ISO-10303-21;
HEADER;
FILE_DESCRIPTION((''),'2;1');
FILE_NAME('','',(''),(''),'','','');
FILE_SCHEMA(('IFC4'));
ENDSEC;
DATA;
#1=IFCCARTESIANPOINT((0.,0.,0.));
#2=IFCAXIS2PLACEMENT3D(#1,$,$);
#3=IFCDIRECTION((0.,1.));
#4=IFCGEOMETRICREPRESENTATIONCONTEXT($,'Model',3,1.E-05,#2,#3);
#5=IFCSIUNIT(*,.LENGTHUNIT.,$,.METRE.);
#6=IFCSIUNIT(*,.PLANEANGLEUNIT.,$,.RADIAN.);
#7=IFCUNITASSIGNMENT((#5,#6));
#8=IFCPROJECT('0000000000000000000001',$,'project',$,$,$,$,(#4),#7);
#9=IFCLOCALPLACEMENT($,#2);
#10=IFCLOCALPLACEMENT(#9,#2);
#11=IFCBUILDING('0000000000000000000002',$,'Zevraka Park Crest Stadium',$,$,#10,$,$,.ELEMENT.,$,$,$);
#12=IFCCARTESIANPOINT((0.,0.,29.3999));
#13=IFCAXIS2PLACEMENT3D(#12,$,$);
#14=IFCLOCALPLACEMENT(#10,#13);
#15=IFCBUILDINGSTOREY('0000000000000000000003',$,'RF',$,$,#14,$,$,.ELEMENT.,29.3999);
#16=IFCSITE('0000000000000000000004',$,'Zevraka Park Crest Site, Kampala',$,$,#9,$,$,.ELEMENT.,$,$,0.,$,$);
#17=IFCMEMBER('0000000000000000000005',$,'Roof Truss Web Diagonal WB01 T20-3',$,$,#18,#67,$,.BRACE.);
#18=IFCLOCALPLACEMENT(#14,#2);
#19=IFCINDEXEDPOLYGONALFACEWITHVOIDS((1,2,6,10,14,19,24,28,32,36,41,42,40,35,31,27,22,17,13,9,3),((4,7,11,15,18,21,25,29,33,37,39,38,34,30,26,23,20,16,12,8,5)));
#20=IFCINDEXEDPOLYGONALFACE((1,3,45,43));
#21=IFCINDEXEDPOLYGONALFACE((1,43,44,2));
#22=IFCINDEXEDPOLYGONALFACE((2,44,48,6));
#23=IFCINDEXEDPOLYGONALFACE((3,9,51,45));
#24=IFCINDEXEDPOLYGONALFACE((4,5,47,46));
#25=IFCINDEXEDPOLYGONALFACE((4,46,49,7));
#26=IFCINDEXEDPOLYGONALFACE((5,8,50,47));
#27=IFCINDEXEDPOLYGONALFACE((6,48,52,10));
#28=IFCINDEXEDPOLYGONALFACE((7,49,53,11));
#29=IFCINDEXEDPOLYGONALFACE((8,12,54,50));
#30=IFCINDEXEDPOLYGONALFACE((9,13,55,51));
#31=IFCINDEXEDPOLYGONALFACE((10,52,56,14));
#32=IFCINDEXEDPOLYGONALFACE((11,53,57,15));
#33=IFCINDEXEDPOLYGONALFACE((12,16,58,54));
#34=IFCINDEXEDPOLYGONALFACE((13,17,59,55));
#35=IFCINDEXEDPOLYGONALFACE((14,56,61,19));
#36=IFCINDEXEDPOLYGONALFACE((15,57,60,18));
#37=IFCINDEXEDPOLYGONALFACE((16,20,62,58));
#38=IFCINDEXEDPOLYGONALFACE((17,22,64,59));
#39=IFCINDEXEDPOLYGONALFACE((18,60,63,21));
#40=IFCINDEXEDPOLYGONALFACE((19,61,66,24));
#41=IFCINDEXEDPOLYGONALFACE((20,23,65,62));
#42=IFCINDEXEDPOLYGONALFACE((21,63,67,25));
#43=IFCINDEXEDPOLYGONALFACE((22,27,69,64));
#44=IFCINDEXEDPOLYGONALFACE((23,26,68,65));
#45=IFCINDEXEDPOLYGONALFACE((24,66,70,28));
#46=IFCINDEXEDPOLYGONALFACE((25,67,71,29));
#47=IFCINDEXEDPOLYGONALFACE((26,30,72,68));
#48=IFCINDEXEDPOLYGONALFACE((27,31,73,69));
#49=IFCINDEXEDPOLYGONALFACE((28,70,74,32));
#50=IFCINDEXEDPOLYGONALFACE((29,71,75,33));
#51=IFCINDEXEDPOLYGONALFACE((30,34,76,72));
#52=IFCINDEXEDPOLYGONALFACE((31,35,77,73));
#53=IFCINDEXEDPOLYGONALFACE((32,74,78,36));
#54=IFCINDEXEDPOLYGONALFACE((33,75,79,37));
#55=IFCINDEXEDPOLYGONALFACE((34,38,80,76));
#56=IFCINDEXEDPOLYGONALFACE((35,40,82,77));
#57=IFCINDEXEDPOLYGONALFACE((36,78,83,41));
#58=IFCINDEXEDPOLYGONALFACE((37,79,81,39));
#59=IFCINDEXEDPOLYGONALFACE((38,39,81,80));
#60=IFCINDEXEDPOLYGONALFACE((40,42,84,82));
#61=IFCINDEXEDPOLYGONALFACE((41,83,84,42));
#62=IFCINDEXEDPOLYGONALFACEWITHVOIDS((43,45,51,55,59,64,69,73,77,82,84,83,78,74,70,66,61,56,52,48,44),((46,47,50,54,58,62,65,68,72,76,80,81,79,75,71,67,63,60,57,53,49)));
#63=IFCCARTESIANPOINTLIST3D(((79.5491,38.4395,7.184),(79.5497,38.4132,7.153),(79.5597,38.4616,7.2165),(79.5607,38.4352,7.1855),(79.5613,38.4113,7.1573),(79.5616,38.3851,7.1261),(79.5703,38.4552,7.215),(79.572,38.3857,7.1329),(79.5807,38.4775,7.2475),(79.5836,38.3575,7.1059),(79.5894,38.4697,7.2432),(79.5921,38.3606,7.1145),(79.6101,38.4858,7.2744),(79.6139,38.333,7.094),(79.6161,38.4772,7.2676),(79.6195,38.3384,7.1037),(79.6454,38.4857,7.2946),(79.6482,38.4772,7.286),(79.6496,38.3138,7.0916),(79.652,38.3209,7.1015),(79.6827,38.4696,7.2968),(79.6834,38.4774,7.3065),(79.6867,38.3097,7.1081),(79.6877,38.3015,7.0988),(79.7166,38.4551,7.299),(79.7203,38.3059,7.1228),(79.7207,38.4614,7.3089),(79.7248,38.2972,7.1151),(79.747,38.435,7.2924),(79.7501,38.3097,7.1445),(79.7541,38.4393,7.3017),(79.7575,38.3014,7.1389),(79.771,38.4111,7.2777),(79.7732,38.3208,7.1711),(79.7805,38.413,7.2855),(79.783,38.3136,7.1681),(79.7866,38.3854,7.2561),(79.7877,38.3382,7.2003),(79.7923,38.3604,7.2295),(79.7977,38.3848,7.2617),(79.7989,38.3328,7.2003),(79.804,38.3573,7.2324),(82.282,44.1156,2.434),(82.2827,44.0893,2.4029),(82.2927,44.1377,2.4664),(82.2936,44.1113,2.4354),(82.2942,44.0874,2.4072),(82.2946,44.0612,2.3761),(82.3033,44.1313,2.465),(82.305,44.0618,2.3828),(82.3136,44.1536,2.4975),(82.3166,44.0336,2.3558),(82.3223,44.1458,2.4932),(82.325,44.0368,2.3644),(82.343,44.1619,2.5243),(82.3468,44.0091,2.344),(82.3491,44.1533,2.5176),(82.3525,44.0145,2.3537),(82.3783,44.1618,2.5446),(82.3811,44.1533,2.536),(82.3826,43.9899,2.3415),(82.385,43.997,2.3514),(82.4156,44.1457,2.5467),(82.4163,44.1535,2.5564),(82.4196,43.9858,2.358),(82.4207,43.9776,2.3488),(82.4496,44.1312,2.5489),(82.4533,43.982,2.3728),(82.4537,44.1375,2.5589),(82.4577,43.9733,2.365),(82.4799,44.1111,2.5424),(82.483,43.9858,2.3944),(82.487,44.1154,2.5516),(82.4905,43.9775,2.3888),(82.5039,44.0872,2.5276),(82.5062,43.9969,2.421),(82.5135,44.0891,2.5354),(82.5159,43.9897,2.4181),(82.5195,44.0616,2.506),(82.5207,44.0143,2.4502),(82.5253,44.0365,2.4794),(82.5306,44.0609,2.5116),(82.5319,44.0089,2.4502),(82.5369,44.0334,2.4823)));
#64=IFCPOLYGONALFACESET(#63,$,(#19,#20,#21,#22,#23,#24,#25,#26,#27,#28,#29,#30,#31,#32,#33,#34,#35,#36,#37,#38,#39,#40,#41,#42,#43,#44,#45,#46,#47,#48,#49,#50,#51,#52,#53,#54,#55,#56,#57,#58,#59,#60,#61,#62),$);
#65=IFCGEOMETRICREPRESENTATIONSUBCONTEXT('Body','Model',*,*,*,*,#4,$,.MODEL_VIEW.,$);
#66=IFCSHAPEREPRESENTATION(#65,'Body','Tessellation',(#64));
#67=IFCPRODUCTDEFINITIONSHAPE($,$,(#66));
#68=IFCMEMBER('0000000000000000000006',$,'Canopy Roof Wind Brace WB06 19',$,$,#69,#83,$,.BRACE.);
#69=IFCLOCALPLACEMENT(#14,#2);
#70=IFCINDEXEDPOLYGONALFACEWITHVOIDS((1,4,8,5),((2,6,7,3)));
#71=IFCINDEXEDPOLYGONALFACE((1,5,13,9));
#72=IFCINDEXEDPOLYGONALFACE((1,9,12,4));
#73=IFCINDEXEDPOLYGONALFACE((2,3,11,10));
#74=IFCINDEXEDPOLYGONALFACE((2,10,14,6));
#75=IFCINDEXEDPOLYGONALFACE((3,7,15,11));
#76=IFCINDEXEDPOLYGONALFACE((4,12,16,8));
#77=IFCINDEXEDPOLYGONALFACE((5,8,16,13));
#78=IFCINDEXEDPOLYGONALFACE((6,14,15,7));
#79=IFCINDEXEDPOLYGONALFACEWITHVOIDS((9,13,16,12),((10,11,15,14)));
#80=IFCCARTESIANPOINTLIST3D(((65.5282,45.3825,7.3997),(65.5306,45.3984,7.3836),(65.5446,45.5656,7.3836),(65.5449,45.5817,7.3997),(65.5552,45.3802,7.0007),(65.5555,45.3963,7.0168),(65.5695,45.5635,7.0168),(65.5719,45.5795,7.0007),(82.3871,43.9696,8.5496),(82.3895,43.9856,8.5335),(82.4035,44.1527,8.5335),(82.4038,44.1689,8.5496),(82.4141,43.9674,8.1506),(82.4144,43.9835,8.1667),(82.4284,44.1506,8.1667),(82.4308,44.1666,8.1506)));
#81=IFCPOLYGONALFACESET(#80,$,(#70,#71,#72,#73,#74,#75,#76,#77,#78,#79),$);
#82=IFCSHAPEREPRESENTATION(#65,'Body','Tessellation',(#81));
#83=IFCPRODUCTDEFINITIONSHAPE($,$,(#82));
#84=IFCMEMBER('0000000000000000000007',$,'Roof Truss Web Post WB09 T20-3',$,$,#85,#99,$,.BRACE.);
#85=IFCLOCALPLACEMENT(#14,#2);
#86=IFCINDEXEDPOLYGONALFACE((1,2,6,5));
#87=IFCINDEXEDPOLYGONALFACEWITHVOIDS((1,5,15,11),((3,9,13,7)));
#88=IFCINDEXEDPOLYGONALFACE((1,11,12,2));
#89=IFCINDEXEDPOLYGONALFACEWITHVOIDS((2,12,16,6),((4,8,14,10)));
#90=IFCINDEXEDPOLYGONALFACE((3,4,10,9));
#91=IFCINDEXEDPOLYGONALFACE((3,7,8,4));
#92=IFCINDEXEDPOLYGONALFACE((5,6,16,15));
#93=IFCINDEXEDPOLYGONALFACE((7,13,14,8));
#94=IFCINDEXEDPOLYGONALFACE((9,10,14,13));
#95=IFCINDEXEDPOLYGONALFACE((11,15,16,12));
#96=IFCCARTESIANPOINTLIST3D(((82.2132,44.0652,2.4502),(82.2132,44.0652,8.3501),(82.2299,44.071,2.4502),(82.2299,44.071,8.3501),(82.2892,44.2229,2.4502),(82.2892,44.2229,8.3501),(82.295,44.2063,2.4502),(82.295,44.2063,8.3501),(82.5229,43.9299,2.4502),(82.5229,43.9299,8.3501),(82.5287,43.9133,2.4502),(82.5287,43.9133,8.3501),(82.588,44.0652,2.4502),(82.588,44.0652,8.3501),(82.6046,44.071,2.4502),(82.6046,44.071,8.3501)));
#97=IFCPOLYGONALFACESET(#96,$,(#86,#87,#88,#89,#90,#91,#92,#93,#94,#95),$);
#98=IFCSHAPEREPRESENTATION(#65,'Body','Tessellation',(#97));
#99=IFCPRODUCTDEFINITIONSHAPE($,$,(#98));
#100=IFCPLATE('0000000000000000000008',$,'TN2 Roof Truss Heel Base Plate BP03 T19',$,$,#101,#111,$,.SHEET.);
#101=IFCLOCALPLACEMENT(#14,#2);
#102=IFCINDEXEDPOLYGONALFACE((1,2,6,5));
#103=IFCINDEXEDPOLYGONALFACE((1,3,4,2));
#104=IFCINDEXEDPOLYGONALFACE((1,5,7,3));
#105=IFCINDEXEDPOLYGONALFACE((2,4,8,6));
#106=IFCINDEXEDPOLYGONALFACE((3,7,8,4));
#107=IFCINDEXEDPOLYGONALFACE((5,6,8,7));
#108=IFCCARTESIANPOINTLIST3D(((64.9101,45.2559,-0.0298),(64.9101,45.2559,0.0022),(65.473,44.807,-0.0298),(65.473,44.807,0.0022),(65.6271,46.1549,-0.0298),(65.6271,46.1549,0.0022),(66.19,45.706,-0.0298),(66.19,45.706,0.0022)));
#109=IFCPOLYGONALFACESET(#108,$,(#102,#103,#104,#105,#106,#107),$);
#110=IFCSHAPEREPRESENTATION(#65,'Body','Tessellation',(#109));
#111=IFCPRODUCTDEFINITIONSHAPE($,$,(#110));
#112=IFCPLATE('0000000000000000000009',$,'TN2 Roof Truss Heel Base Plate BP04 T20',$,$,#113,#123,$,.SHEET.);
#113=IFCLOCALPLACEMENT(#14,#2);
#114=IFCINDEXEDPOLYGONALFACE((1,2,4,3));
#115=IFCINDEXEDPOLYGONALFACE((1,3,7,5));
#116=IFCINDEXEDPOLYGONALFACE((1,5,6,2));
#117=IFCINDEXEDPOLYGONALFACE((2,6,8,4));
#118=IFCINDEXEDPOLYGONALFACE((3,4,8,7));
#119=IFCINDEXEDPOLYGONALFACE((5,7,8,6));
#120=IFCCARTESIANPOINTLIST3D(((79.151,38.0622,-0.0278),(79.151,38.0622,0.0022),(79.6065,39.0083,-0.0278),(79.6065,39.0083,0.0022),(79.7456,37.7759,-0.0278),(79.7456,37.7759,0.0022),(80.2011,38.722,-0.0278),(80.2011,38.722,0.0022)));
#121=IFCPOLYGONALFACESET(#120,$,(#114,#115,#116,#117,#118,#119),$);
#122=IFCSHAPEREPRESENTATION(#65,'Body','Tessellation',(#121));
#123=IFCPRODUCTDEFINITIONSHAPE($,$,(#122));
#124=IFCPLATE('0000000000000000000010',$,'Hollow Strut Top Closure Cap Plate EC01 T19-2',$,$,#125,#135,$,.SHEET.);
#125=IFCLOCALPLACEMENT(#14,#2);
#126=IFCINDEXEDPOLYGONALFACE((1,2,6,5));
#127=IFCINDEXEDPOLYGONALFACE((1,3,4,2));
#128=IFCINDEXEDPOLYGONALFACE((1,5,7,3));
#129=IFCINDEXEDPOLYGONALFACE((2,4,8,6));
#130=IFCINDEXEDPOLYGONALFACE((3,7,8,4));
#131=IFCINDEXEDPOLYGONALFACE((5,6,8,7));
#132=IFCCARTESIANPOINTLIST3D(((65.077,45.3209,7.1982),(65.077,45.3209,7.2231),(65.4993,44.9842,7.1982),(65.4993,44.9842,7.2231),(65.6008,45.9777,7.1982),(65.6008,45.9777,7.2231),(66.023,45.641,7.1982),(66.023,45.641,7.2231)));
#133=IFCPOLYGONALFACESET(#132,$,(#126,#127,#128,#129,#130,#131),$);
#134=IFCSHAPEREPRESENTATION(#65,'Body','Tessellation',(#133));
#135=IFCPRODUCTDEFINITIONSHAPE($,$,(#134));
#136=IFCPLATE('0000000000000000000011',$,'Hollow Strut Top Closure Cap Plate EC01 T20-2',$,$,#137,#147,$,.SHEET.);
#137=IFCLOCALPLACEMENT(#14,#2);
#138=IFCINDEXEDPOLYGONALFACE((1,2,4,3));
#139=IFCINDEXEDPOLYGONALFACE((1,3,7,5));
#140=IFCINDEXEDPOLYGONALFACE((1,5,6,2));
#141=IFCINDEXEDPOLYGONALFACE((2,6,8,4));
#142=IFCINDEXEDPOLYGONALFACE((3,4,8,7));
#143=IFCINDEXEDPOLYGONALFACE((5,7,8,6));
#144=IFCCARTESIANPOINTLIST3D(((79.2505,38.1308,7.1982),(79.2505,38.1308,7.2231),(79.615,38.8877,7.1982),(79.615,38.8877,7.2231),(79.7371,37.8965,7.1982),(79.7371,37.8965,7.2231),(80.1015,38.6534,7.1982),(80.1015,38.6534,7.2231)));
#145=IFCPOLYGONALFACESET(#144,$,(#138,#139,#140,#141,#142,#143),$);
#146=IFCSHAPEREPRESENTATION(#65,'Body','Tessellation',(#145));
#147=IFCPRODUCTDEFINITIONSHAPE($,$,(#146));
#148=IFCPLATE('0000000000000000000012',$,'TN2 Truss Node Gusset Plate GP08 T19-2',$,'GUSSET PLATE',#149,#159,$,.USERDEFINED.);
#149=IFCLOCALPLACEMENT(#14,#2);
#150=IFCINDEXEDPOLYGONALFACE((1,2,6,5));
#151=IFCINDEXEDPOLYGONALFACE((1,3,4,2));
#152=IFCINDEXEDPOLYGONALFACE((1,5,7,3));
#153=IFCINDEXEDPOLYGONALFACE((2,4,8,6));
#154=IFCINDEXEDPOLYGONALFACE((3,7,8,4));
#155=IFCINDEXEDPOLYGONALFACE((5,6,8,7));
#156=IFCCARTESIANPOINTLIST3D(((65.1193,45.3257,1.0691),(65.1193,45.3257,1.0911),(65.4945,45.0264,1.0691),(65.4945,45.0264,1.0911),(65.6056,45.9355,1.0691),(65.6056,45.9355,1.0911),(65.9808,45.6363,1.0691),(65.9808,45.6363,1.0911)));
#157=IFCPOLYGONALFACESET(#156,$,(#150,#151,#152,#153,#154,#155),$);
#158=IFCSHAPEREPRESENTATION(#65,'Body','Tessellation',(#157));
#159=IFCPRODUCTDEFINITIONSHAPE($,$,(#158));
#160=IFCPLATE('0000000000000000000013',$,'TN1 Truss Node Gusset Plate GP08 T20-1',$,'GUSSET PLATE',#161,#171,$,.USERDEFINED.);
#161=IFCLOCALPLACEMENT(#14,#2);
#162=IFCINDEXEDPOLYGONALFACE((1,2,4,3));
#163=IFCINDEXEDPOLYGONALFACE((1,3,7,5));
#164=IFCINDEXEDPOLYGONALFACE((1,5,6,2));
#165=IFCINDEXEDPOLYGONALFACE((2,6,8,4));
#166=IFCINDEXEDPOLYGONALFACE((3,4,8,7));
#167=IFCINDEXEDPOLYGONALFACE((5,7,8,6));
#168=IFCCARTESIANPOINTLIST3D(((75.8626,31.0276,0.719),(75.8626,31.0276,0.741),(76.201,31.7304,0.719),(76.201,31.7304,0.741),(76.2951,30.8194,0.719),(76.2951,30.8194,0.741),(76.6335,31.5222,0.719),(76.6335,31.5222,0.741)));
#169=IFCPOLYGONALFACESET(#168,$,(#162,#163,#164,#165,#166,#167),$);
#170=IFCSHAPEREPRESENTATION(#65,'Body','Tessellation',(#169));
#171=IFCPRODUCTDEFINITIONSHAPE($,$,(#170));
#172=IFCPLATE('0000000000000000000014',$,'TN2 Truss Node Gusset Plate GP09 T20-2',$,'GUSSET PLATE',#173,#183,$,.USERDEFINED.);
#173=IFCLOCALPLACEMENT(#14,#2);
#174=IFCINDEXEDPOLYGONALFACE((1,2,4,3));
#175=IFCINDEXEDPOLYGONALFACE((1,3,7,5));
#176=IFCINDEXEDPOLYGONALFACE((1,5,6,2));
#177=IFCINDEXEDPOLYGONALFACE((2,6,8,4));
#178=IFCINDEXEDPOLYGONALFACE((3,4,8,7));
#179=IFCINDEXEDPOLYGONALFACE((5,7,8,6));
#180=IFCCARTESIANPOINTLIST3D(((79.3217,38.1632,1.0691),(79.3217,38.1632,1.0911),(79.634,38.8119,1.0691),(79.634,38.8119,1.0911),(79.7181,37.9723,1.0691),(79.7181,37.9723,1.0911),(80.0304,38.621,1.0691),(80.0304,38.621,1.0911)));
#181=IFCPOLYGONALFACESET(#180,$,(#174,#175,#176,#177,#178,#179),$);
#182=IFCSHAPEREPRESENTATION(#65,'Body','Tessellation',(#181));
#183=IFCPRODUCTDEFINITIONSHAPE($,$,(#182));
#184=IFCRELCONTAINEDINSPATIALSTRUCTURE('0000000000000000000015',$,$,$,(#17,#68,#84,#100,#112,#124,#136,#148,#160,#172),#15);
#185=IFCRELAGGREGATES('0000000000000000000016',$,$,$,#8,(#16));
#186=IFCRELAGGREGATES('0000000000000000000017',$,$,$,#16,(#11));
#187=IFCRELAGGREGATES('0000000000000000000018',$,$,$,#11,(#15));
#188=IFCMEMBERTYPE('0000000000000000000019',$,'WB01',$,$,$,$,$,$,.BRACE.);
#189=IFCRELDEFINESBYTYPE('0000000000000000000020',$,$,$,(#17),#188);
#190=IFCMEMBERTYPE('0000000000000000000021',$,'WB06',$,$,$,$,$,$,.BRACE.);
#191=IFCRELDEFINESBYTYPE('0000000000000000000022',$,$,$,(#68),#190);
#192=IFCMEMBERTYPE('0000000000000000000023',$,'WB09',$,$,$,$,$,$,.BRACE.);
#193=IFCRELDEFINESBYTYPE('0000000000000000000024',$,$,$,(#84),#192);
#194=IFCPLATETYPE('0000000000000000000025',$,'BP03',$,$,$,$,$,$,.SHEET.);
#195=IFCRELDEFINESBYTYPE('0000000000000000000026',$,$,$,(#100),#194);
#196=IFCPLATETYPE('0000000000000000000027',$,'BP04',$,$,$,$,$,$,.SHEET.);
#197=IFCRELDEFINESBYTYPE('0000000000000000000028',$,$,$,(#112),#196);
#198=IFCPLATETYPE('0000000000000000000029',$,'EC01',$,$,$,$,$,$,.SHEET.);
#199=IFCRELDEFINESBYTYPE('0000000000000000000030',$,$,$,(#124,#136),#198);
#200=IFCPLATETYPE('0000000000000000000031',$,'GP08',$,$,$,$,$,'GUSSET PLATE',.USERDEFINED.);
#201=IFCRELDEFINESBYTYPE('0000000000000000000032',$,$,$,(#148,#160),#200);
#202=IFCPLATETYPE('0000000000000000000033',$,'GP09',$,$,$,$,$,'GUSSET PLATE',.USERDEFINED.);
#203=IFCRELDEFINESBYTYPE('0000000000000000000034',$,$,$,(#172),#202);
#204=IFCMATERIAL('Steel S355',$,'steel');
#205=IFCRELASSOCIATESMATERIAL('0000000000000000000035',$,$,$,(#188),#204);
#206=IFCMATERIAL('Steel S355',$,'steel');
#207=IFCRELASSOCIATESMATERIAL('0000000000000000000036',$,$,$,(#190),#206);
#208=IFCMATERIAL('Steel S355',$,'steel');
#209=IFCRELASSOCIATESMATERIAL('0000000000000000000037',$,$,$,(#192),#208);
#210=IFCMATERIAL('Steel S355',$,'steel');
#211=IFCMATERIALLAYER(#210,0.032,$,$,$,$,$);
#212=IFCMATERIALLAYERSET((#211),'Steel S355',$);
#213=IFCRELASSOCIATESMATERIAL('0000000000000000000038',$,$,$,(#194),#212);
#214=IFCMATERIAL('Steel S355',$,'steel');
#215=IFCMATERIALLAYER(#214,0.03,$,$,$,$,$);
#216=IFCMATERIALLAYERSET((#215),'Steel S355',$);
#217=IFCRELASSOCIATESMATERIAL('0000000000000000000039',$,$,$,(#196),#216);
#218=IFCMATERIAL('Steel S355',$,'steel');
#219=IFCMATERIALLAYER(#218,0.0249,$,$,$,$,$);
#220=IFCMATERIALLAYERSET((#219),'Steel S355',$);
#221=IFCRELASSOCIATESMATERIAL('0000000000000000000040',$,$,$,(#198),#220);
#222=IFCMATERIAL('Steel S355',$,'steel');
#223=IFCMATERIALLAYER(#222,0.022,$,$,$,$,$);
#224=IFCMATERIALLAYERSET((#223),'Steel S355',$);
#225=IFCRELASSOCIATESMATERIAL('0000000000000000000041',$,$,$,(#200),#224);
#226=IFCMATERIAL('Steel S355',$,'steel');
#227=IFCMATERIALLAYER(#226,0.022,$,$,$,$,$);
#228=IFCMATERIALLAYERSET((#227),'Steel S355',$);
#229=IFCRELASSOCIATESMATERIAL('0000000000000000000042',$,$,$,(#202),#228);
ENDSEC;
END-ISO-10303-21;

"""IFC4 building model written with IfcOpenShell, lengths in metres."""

from ifc_helpers import new_model, si_unit, direction, frame, origin, origin_2d, place, context, subcontext, project, spatial, rectangle, hollow_rectangle, hollow_circle, extrude, material, layer, layer_set, material_profile, profile_set, type_object, element, save


model = new_model("IFC4")

# Units and contexts
model_context = context("Model", 3, precision=1e-05, world=origin(), true_north=direction((0.0, 1.0)))
body_context = subcontext(model_context, "Body", "Model", "MODEL_VIEW")
ifc_project = project(units=[si_unit("LENGTHUNIT", "METRE"), si_unit("PLANEANGLEUNIT", "RADIAN")], contexts=[model_context])

# Site, building, storey
site_placement = place(None, origin())
site = spatial("IfcSite", under=ifc_project, at=site_placement, Name="Zevraka Park Crest Site, Kampala", CompositionType="ELEMENT", RefElevation=0.0)
building_placement = place(site_placement, origin())
building = spatial("IfcBuilding", under=site, at=building_placement, Name="Zevraka Park Crest Stadium", CompositionType="ELEMENT")
storey_placement = place(building_placement, frame((0.0, 0.0, 29.3999)))
storey = spatial("IfcBuildingStorey", under=building, at=storey_placement, Name="RF", CompositionType="ELEMENT", Elevation=29.3999)

# Members
ifc_material_1 = material(Name="Steel S355", Category="steel")
ifc_material_profile_1 = material_profile(ifc_material_1, hollow_circle(Radius=0.1365, WallThickness=0.0125, at=origin_2d()), Name="CHS 273.0x12.5")
ifc_profile_set_1 = profile_set([ifc_material_profile_1], Name="Steel S355")
member_type_1 = type_object("IfcMemberType", Name="WB01", PredefinedType="BRACE", material=ifc_profile_set_1)
member_1_placement = place(storey_placement, frame((82.4089, 44.0681, 2.4502), z_axis=(-0.346386, -0.719415, 0.602045), x_axis=(0.901001, -0.433817, 0.0)))
element("IfcMember", 1, at=member_1_placement, inside=storey, type_object=member_type_1, Name="Roof Truss Web Diagonal WB01 T20-3", PredefinedType="BRACE", context=body_context, shape_type="SweptSolid", body=[
    extrude(hollow_circle(Radius=0.1365, WallThickness=0.0125, at=origin_2d()), origin(), (0.0, 0.0, 1.0), 7.8899),
])
ifc_material_2 = material(Name="Steel S355", Category="steel")
ifc_material_profile_2 = material_profile(ifc_material_2, hollow_rectangle(XDim=0.2, YDim=0.3999, WallThickness=0.0161, at=origin_2d()), Name="RHS 400x200x16")
ifc_profile_set_2 = profile_set([ifc_material_profile_2], Name="Steel S355")
member_type_2 = type_object("IfcMemberType", Name="WB06", PredefinedType="BRACE", material=ifc_profile_set_2)
member_2_placement = place(storey_placement, frame((65.55, 45.481, 7.2002), z_axis=(0.994213, -0.083319, 0.067813), x_axis=(0.083511, 0.996507, 0.0)))
element("IfcMember", 2, at=member_2_placement, inside=storey, type_object=member_type_2, Name="Canopy Roof Wind Brace WB06 19", PredefinedType="BRACE", context=body_context, shape_type="SweptSolid", body=[
    extrude(hollow_rectangle(XDim=0.2, YDim=0.3999, WallThickness=0.0161, at=origin_2d()), origin(), (0.0, 0.0, 1.0), 16.957),
])
ifc_material_3 = material(Name="Steel S355", Category="steel")
ifc_material_profile_3 = material_profile(ifc_material_3, hollow_rectangle(XDim=0.175, YDim=0.3501, WallThickness=0.0125, at=origin_2d()), Name="RHS 350x175x12.5")
ifc_profile_set_3 = profile_set([ifc_material_profile_3], Name="Steel S355")
member_type_3 = type_object("IfcMemberType", Name="WB09", PredefinedType="BRACE", material=ifc_profile_set_3)
member_3_placement = place(storey_placement, frame((82.4089, 44.0681, 2.4502), z_axis=(0.0, 0.0, 1.0), x_axis=(0.433816, 0.901001, 0.0)))
element("IfcMember", 3, at=member_3_placement, inside=storey, type_object=member_type_3, Name="Roof Truss Web Post WB09 T20-3", PredefinedType="BRACE", context=body_context, shape_type="SweptSolid", body=[
    extrude(hollow_rectangle(XDim=0.175, YDim=0.3501, WallThickness=0.0125, at=origin_2d()), origin(), (0.0, 0.0, 1.0), 5.8999),
])

# Plates
ifc_material_4 = material(Name="Steel S355", Category="steel")
ifc_layer_1 = layer(ifc_material_4, 0.032)
ifc_layer_set_1 = layer_set([ifc_layer_1], Name="Steel S355")
plate_type_1 = type_object("IfcPlateType", Name="BP03", PredefinedType="SHEET", material=ifc_layer_set_1)
plate_1_placement = place(storey_placement, frame((65.55, 45.481, -0.0298), z_axis=(0.0, 0.0, 1.0), x_axis=(0.62347, 0.781847, 0.0)))
element("IfcPlate", 4, at=plate_1_placement, inside=storey, type_object=plate_type_1, Name="TN2 Roof Truss Heel Base Plate BP03 T19", PredefinedType="SHEET", context=body_context, shape_type="SweptSolid", body=[
    extrude(rectangle(XDim=1.1499, YDim=0.72, at=origin_2d()), origin(), (0.0, 0.0, 1.0), 0.032),
])
ifc_material_5 = material(Name="Steel S355", Category="steel")
ifc_layer_2 = layer(ifc_material_5, 0.03)
ifc_layer_set_2 = layer_set([ifc_layer_2], Name="Steel S355")
plate_type_2 = type_object("IfcPlateType", Name="BP04", PredefinedType="SHEET", material=ifc_layer_set_2)
plate_2_placement = place(storey_placement, frame((79.676, 38.3921, -0.0278), z_axis=(0.0, 0.0, 1.0), x_axis=(0.433816, 0.901001, 0.0)))
element("IfcPlate", 5, at=plate_2_placement, inside=storey, type_object=plate_type_2, Name="TN2 Roof Truss Heel Base Plate BP04 T20", PredefinedType="SHEET", context=body_context, shape_type="SweptSolid", body=[
    extrude(rectangle(XDim=1.05, YDim=0.6599, at=origin_2d()), origin(), (0.0, 0.0, 1.0), 0.03),
])
ifc_material_6 = material(Name="Steel S355", Category="steel")
ifc_layer_3 = layer(ifc_material_6, 0.0249)
ifc_layer_set_3 = layer_set([ifc_layer_3], Name="Steel S355")
plate_type_3 = type_object("IfcPlateType", Name="EC01", PredefinedType="SHEET", material=ifc_layer_set_3)
for number, where, z_axis, x_axis, name in (
    (6, (65.55, 45.481, 7.1982), (0.0, 0.0, 1.0), (0.62347, 0.781847, 0.0), "Hollow Strut Top Closure Cap Plate EC01 T19-2"),
    (7, (79.676, 38.3921, 7.1982), (0.0, 0.0, 1.0), (0.433816, 0.901001, 0.0), "Hollow Strut Top Closure Cap Plate EC01 T20-2"),
):
    element("IfcPlate", number, at=place(storey_placement, frame(where, z_axis=z_axis, x_axis=x_axis)), inside=storey, type_object=plate_type_3, Name=name, PredefinedType="SHEET", context=body_context, shape_type="SweptSolid", body=[
        extrude(rectangle(XDim=0.8401, YDim=0.54, at=origin_2d()), origin(), (0.0, 0.0, 1.0), 0.0249),
    ])
ifc_material_7 = material(Name="Steel S355", Category="steel")
ifc_layer_4 = layer(ifc_material_7, 0.022)
ifc_layer_set_4 = layer_set([ifc_layer_4], Name="Steel S355")
plate_type_4 = type_object("IfcPlateType", Name="GP08", ElementType="GUSSET PLATE", PredefinedType="USERDEFINED", material=ifc_layer_set_4)
for number, where, z_axis, x_axis, name in (
    (8, (65.55, 45.481, 1.0691), (0.0, 0.0, 1.0), (0.62347, 0.781847, 0.0), "TN2 Truss Node Gusset Plate GP08 T19-2"),
    (9, (76.248, 31.2749, 0.719), (0.0, 0.0, 1.0), (0.433816, 0.901001, 0.0), "TN1 Truss Node Gusset Plate GP08 T20-1"),
):
    element("IfcPlate", number, at=place(storey_placement, frame(where, z_axis=z_axis, x_axis=x_axis)), inside=storey, type_object=plate_type_4, Name=name, ObjectType="GUSSET PLATE", PredefinedType="USERDEFINED", context=body_context, shape_type="SweptSolid", body=[
        extrude(rectangle(XDim=0.78, YDim=0.48, at=origin_2d()), origin(), (0.0, 0.0, 1.0), 0.022),
    ])
ifc_material_8 = material(Name="Steel S355", Category="steel")
ifc_layer_5 = layer(ifc_material_8, 0.022)
ifc_layer_set_5 = layer_set([ifc_layer_5], Name="Steel S355")
plate_type_5 = type_object("IfcPlateType", Name="GP09", ElementType="GUSSET PLATE", PredefinedType="USERDEFINED", material=ifc_layer_set_5)
plate_3_placement = place(storey_placement, frame((79.676, 38.3921, 1.0691), z_axis=(0.0, 0.0, 1.0), x_axis=(0.433816, 0.901001, 0.0)))
element("IfcPlate", 10, at=plate_3_placement, inside=storey, type_object=plate_type_5, Name="TN2 Truss Node Gusset Plate GP09 T20-2", ObjectType="GUSSET PLATE", PredefinedType="USERDEFINED", context=body_context, shape_type="SweptSolid", body=[
    extrude(rectangle(XDim=0.72, YDim=0.4399, at=origin_2d()), origin(), (0.0, 0.0, 1.0), 0.022),
])

save(model, "model.ifc")
